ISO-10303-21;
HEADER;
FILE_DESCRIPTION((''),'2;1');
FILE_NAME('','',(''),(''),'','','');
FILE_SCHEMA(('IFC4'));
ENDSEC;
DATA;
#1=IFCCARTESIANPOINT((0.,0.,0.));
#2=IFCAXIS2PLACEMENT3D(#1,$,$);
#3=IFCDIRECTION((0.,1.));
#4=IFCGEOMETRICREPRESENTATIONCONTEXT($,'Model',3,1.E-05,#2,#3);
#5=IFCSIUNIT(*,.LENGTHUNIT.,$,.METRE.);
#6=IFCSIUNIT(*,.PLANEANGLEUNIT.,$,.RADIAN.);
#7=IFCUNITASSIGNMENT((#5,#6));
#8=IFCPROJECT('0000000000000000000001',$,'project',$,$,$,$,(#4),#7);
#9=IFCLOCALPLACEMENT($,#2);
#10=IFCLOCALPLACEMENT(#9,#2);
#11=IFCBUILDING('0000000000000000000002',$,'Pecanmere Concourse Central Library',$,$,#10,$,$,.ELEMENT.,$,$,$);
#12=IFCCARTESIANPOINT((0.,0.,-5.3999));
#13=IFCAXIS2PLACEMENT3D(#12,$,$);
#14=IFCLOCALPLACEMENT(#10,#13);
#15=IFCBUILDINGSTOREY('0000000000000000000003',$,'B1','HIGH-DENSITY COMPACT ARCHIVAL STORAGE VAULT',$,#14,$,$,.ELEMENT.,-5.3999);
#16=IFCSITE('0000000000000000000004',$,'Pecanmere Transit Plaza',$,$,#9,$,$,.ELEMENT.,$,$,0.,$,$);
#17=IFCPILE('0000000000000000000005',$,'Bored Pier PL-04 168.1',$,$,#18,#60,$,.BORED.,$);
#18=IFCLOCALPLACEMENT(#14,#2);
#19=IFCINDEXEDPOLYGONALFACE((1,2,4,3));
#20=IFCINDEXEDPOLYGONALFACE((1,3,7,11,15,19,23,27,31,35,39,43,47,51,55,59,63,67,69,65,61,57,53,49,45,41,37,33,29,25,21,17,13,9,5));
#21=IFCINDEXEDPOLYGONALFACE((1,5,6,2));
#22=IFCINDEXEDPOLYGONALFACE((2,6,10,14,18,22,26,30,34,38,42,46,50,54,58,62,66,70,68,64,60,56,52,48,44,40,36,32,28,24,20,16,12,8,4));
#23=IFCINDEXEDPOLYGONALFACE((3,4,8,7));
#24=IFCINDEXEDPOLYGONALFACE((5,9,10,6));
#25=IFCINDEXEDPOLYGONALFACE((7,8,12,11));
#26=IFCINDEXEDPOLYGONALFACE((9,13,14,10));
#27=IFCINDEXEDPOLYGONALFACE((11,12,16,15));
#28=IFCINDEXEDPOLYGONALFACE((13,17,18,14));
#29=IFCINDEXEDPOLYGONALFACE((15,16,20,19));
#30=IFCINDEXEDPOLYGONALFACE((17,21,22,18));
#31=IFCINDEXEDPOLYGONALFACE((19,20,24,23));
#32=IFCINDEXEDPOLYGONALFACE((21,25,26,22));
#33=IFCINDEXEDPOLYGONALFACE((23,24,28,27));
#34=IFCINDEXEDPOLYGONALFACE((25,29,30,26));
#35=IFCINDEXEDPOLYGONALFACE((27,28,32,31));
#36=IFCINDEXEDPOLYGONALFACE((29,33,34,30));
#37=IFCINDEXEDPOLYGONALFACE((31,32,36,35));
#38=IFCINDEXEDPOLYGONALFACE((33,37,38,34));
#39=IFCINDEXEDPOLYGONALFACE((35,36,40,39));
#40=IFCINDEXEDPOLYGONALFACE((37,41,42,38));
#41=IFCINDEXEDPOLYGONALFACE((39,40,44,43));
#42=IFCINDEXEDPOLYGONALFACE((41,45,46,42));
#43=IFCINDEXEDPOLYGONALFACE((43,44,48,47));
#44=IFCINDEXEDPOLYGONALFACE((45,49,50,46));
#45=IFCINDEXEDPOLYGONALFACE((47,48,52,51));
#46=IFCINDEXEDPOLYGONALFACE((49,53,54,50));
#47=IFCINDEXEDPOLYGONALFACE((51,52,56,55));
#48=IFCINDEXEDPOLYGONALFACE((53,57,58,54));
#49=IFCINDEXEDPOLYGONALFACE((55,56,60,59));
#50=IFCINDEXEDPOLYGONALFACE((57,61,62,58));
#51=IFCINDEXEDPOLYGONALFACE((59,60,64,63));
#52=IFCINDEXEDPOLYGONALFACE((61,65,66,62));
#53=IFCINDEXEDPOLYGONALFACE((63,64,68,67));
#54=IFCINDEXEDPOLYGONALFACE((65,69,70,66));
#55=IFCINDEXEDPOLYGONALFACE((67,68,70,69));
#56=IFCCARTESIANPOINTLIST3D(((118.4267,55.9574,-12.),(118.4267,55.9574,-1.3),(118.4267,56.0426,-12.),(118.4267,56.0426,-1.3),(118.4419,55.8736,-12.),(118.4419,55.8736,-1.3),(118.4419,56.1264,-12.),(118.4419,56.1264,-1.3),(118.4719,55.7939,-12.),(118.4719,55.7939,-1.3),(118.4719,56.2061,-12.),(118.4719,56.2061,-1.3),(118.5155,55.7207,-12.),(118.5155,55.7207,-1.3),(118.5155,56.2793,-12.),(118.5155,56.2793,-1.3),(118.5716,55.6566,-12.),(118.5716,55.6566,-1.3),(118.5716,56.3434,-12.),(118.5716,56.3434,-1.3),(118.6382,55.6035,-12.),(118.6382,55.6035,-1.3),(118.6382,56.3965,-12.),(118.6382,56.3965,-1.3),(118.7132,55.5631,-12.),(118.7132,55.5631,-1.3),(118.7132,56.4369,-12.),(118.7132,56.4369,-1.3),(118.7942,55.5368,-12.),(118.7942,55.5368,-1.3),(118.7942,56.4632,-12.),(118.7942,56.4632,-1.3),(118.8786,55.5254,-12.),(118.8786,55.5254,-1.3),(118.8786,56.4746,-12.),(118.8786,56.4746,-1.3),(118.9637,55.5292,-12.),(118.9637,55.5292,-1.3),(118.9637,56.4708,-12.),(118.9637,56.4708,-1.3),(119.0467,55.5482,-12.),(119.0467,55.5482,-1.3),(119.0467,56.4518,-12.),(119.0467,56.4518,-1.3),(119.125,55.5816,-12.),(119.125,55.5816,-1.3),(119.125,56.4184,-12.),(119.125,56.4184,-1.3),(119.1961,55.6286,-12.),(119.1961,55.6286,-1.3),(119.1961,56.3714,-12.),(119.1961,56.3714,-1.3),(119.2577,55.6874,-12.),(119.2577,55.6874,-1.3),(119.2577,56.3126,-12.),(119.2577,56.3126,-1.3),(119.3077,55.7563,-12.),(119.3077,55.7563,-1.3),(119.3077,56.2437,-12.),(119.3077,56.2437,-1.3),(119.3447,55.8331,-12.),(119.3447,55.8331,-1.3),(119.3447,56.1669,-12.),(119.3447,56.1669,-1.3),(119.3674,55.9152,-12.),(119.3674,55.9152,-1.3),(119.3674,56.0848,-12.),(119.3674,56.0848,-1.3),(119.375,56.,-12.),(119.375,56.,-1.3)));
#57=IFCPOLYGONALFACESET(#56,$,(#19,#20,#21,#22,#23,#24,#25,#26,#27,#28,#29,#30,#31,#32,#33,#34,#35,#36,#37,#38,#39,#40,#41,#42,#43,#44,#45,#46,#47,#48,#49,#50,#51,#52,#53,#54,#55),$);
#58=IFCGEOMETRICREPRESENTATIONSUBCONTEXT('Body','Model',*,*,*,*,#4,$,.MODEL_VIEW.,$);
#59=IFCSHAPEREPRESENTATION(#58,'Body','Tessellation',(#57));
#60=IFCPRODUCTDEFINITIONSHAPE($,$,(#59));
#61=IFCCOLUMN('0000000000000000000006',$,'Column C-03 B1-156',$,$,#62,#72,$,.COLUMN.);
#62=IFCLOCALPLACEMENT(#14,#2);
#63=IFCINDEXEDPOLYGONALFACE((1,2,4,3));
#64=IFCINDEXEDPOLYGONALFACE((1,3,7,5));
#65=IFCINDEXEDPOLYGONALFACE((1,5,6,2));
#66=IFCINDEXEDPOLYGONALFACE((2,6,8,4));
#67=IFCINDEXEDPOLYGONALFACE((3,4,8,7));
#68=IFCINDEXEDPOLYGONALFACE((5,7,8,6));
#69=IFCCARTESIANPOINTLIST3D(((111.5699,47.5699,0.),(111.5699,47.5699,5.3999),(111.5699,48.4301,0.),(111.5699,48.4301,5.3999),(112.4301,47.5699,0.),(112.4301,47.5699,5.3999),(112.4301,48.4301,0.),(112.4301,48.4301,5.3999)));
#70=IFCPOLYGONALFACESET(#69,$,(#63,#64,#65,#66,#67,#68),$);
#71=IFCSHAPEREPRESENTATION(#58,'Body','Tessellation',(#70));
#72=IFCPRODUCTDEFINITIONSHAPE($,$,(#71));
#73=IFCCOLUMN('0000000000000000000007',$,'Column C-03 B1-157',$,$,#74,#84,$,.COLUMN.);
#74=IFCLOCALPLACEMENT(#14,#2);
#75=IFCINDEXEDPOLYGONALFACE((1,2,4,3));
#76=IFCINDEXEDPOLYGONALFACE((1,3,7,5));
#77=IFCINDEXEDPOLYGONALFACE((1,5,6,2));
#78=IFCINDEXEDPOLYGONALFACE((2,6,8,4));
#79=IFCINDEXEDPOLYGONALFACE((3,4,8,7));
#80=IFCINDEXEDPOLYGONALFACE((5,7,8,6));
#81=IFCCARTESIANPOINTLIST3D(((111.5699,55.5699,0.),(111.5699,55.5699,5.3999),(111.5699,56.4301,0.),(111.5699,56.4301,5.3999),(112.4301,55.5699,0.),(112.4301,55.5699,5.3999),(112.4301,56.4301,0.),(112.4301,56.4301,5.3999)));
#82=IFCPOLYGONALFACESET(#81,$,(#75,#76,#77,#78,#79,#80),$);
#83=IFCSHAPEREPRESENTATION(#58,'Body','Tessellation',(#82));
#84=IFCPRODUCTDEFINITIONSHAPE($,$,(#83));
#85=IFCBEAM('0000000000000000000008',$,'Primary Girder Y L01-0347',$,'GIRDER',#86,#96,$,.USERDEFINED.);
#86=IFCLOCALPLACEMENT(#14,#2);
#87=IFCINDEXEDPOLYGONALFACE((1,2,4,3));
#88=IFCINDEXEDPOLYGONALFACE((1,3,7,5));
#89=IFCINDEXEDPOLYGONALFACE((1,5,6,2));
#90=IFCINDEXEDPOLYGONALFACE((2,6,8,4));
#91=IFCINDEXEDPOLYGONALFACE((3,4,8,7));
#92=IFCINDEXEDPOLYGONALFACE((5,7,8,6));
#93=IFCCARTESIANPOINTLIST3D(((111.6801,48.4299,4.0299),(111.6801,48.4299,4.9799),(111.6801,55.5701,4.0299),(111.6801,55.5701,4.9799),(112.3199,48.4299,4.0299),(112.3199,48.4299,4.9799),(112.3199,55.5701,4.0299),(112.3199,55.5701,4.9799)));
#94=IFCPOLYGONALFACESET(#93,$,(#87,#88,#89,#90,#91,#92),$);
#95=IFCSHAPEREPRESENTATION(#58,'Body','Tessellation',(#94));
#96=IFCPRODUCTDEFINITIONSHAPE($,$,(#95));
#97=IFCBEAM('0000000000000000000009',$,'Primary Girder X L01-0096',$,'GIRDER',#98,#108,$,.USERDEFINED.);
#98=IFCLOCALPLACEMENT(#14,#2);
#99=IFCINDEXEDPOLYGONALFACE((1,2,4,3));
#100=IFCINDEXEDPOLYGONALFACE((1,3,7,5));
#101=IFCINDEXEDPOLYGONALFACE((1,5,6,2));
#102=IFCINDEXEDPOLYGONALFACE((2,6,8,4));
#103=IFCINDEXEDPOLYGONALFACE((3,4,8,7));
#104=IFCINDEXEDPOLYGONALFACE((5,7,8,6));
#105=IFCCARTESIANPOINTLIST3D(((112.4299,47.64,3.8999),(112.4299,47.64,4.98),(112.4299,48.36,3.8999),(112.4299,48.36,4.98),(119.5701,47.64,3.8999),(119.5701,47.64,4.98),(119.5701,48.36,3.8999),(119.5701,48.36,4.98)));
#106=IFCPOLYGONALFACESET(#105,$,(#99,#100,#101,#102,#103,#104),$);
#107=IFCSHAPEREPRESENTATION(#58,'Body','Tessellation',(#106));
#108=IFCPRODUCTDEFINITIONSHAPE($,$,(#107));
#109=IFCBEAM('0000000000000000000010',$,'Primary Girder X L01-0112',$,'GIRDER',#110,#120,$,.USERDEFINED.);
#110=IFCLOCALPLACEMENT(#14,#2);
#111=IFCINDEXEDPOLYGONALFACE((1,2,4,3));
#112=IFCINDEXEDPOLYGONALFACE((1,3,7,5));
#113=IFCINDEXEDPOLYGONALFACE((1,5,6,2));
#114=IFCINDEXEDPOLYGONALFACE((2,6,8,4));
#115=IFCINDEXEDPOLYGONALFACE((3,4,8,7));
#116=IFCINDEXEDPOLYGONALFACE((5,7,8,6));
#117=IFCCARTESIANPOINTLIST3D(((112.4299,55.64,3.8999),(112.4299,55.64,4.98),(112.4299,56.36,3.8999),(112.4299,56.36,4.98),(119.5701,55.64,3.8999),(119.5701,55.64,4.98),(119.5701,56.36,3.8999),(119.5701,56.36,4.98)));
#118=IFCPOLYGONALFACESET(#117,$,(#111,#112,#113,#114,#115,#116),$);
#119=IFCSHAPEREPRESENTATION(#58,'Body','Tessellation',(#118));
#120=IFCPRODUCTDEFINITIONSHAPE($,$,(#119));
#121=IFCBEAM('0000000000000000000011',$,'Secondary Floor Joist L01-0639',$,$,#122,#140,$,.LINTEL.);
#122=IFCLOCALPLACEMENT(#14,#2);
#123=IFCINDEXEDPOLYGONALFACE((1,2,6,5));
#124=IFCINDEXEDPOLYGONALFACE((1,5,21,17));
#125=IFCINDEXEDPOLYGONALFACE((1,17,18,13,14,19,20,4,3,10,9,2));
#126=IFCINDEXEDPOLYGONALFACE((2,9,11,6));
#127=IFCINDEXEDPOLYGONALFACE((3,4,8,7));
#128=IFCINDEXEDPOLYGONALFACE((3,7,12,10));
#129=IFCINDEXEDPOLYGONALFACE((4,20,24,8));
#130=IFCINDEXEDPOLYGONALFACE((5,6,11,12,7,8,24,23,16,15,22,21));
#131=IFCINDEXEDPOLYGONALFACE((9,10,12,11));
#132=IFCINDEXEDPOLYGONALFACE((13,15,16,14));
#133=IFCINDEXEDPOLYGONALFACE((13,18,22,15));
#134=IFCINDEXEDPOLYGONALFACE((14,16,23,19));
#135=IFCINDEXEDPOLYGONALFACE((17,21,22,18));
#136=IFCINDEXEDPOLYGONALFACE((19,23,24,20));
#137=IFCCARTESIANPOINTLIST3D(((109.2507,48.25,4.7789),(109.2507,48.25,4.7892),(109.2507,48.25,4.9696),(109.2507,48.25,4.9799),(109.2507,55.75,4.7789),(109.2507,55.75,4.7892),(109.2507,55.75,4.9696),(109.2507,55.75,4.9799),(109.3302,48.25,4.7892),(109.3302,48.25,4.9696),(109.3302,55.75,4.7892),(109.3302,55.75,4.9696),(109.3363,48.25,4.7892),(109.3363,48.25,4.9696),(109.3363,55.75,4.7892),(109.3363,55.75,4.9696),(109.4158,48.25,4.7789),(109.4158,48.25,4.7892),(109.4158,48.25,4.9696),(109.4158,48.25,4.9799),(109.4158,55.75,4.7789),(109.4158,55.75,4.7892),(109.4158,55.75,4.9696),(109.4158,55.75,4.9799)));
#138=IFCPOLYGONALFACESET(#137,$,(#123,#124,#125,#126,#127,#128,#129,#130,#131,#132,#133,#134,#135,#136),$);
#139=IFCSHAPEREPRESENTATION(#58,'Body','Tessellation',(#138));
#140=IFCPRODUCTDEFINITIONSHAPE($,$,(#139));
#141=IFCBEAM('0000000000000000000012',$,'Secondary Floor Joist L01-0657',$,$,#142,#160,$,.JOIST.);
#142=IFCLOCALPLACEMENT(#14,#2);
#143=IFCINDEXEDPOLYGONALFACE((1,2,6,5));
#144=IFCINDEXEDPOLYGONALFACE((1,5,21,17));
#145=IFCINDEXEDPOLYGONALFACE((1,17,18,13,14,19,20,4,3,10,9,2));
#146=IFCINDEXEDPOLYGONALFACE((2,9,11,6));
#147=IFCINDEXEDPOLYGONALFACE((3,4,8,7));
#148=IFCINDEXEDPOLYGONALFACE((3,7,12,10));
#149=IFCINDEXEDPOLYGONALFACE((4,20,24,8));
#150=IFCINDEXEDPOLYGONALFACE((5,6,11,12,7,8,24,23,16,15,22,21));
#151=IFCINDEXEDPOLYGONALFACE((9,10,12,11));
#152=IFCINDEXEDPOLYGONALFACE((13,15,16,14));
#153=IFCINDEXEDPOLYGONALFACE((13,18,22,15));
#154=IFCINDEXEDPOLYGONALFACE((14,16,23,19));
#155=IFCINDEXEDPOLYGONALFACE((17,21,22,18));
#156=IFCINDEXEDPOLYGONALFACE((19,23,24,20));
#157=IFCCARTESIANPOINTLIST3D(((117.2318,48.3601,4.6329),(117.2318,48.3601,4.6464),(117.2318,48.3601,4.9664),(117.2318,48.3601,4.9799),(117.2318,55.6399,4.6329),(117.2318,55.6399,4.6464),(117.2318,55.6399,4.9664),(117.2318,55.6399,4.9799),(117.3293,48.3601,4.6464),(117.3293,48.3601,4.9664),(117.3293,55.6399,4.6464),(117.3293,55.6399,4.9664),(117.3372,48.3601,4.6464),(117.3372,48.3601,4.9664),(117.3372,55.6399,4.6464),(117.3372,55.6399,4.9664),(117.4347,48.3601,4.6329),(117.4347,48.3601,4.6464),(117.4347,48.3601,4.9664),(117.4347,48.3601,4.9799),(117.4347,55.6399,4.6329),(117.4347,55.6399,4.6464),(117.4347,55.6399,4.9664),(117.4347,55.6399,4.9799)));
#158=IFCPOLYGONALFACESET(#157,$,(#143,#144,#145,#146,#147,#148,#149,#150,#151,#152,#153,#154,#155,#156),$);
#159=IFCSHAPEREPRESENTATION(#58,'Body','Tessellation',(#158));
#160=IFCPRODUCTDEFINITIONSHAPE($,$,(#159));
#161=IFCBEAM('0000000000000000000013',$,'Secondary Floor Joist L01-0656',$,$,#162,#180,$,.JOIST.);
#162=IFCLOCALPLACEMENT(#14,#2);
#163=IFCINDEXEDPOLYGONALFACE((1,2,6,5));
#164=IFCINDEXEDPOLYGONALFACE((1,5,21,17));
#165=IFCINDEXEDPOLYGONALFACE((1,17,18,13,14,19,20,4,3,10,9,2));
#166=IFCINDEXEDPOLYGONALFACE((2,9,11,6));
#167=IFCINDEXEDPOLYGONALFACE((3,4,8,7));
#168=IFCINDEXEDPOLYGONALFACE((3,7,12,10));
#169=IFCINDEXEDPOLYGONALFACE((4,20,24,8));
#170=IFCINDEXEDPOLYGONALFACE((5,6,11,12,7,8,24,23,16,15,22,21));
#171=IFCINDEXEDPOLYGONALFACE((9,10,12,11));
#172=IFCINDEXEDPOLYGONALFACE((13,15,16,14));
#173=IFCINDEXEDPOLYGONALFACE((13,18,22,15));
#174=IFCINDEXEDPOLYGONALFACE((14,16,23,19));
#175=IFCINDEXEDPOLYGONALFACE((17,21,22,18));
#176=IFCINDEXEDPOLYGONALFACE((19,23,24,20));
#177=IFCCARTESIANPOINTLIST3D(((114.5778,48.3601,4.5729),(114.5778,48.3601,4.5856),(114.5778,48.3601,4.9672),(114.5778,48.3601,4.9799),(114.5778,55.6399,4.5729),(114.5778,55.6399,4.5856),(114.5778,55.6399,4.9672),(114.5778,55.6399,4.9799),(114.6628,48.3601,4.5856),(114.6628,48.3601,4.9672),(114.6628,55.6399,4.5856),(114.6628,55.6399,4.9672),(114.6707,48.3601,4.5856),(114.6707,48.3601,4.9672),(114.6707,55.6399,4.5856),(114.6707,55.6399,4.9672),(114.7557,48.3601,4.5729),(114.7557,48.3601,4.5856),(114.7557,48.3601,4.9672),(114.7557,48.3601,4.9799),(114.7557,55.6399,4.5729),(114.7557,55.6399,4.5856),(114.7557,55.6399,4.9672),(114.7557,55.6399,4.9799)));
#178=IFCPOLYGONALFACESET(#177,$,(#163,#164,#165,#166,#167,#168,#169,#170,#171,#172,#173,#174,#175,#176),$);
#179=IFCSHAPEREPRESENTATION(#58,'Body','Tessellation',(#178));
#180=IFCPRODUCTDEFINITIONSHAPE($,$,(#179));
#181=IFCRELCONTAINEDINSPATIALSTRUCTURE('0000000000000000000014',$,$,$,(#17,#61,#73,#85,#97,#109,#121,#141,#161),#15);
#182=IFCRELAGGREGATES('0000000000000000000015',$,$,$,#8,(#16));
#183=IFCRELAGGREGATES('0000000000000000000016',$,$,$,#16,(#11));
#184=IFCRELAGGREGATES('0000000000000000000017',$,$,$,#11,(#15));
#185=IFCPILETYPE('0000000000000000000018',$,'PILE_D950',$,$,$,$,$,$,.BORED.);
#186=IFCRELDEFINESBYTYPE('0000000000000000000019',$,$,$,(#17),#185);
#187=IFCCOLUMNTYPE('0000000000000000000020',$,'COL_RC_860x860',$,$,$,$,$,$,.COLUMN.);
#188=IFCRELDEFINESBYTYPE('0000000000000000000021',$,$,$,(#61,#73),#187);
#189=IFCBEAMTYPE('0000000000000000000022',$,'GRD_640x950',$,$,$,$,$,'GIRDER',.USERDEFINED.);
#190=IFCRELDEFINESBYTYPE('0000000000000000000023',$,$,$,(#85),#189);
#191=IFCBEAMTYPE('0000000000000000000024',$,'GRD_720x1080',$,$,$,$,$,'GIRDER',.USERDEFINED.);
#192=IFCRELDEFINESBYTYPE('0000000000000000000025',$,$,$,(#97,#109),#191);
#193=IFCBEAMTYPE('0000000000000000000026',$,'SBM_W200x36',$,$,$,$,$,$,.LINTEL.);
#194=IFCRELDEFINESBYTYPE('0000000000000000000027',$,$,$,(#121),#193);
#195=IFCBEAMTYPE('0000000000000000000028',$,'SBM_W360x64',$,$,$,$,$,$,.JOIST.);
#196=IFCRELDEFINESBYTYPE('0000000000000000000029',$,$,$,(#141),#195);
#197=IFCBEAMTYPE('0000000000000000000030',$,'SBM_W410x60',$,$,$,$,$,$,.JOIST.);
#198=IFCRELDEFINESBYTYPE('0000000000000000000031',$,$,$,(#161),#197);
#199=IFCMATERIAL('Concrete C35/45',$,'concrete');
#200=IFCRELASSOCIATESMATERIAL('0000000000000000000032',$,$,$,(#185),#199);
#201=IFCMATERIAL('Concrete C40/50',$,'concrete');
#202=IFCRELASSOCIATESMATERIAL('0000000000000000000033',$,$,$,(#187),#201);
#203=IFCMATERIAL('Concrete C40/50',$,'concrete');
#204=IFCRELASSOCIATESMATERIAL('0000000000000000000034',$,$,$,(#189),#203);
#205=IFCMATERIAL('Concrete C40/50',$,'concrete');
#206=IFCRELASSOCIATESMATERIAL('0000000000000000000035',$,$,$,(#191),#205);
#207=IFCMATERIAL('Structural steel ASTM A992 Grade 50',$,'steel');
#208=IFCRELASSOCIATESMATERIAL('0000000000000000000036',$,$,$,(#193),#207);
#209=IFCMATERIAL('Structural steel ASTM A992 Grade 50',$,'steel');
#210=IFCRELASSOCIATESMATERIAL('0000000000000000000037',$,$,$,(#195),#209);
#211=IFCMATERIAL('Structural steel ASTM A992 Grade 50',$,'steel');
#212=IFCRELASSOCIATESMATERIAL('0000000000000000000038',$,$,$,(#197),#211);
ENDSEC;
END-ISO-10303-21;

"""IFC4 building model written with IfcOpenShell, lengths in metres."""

from ifc_helpers import new_model, si_unit, direction, frame, origin, origin_2d, place, context, subcontext, project, spatial, rectangle, circle, i_section, extrude, material, material_profile, profile_set, type_object, element, save


model = new_model("IFC4")

# Units and contexts
model_context = context("Model", 3, precision=1e-05, world=origin(), true_north=direction((0.0, 1.0)))
body_context = subcontext(model_context, "Body", "Model", "MODEL_VIEW")
ifc_project = project(units=[si_unit("LENGTHUNIT", "METRE"), si_unit("PLANEANGLEUNIT", "RADIAN")], contexts=[model_context])

# Site, building, storey
site_placement = place(None, origin())
site = spatial("IfcSite", under=ifc_project, at=site_placement, Name="Pecanmere Transit Plaza", CompositionType="ELEMENT", RefElevation=0.0)
building_placement = place(site_placement, origin())
building = spatial("IfcBuilding", under=site, at=building_placement, Name="Pecanmere Concourse Central Library", CompositionType="ELEMENT")
storey_placement = place(building_placement, frame((0.0, 0.0, -5.3999)))
storey = spatial("IfcBuildingStorey", under=building, at=storey_placement, Name="B1", Description="HIGH-DENSITY COMPACT ARCHIVAL STORAGE VAULT", CompositionType="ELEMENT", Elevation=-5.3999)

# Pile
ifc_material_1 = material(Name="Concrete C35/45", Category="concrete")
ifc_material_profile_1 = material_profile(ifc_material_1, circle(Radius=0.4751, at=origin_2d()), Name="PIER D950")
ifc_profile_set_1 = profile_set([ifc_material_profile_1], Name="Concrete C35/45")
pile_type_1 = type_object("IfcPileType", Name="PILE_D950", PredefinedType="BORED", material=ifc_profile_set_1)
for number, where, z_axis, x_axis, name in (
    (1, (118.8999, 56.0, -1.3), (0.0, 0.0, -1.0), (1.0, 0.0, 0.0), "Bored Pier PL-04 168.1"),
):
    element("IfcPile", number, at=place(storey_placement, frame(where, z_axis=z_axis, x_axis=x_axis)), inside=storey, type_object=pile_type_1, Name=name, PredefinedType="BORED", context=body_context, shape_type="SweptSolid", body=[
        extrude(circle(Radius=0.4751, at=origin_2d()), origin(), (0.0, 0.0, 1.0), 10.7),
    ])

# Columns
ifc_material_2 = material(Name="Concrete C40/50", Category="concrete")
ifc_material_profile_2 = material_profile(ifc_material_2, rectangle(XDim=0.8601, YDim=0.8601, at=origin_2d()), Name="RC 860x860")
ifc_profile_set_2 = profile_set([ifc_material_profile_2], Name="Concrete C40/50")
column_type = type_object("IfcColumnType", Name="COL_RC_860x860", PredefinedType="COLUMN", material=ifc_profile_set_2)
for number, where, z_axis, x_axis, name in (
    (2, (112.0, 48.0, 0.0), (0.0, 0.0, 1.0), (1.0, 0.0, 0.0), "Column C-03 B1-156"),
    (3, (112.0, 56.0, 0.0), (0.0, 0.0, 1.0), (1.0, 0.0, 0.0), "Column C-03 B1-157"),
):
    element("IfcColumn", number, at=place(storey_placement, frame(where, z_axis=z_axis, x_axis=x_axis)), inside=storey, type_object=column_type, Name=name, PredefinedType="COLUMN", context=body_context, shape_type="SweptSolid", body=[
        extrude(rectangle(XDim=0.8601, YDim=0.8601, at=origin_2d()), origin(), (0.0, 0.0, 1.0), 5.3999),
    ])

# Beams
ifc_material_3 = material(Name="Concrete C40/50", Category="concrete")
ifc_material_profile_3 = material_profile(ifc_material_3, rectangle(XDim=0.6399, YDim=0.95, at=origin_2d()), Name="RC 640x950")
ifc_profile_set_3 = profile_set([ifc_material_profile_3], Name="Concrete C40/50")
beam_type_1 = type_object("IfcBeamType", Name="GRD_640x950", ElementType="GIRDER", PredefinedType="USERDEFINED", material=ifc_profile_set_3)
beam_1_placement = place(storey_placement, frame((112.0, 48.4299, 4.5049), z_axis=(0.0, 1.0, 0.0), x_axis=(-1.0, 0.0, 0.0)))
element("IfcBeam", 4, at=beam_1_placement, inside=storey, type_object=beam_type_1, Name="Primary Girder Y L01-0347", ObjectType="GIRDER", PredefinedType="USERDEFINED", context=body_context, shape_type="SweptSolid", body=[
    extrude(rectangle(XDim=0.6399, YDim=0.95, at=origin_2d()), origin(), (0.0, 0.0, 1.0), 7.1401),
])
ifc_material_4 = material(Name="Concrete C40/50", Category="concrete")
ifc_material_profile_4 = material_profile(ifc_material_4, rectangle(XDim=0.72, YDim=1.0801, at=origin_2d()), Name="RC 720x1080")
ifc_profile_set_4 = profile_set([ifc_material_profile_4], Name="Concrete C40/50")
beam_type_2 = type_object("IfcBeamType", Name="GRD_720x1080", ElementType="GIRDER", PredefinedType="USERDEFINED", material=ifc_profile_set_4)
for number, where, z_axis, x_axis, name in (
    (5, (112.4299, 48.0, 4.4399), (1.0, 0.0, 0.0), (0.0, 1.0, 0.0), "Primary Girder X L01-0096"),
    (6, (112.4299, 56.0, 4.4399), (1.0, 0.0, 0.0), (0.0, 1.0, 0.0), "Primary Girder X L01-0112"),
):
    element("IfcBeam", number, at=place(storey_placement, frame(where, z_axis=z_axis, x_axis=x_axis)), inside=storey, type_object=beam_type_2, Name=name, ObjectType="GIRDER", PredefinedType="USERDEFINED", context=body_context, shape_type="SweptSolid", body=[
        extrude(rectangle(XDim=0.72, YDim=1.0801, at=origin_2d()), origin(), (0.0, 0.0, 1.0), 7.1401),
    ])
ifc_material_5 = material(Name="Structural steel ASTM A992 Grade 50", Category="steel")
ifc_material_profile_5 = material_profile(ifc_material_5, i_section(OverallWidth=0.165, OverallDepth=0.2009, WebThickness=0.0061, FlangeThickness=0.0103, at=origin_2d()), Name="W200x35.9")
ifc_profile_set_5 = profile_set([ifc_material_profile_5], Name="Structural steel ASTM A992 Grade 50")
beam_type_3 = type_object("IfcBeamType", Name="SBM_W200x36", PredefinedType="LINTEL", material=ifc_profile_set_5)
beam_2_placement = place(storey_placement, frame((109.3333, 48.25, 4.8794), z_axis=(0.0, 1.0, 0.0), x_axis=(-1.0, 0.0, 0.0)))
element("IfcBeam", 7, at=beam_2_placement, inside=storey, type_object=beam_type_3, Name="Secondary Floor Joist L01-0639", PredefinedType="LINTEL", context=body_context, shape_type="SweptSolid", body=[
    extrude(i_section(OverallWidth=0.165, OverallDepth=0.2009, WebThickness=0.0061, FlangeThickness=0.0103, at=origin_2d()), origin(), (0.0, 0.0, 1.0), 7.5),
])
ifc_material_6 = material(Name="Structural steel ASTM A992 Grade 50", Category="steel")
ifc_material_profile_6 = material_profile(ifc_material_6, i_section(OverallWidth=0.2029, OverallDepth=0.3469, WebThickness=0.0078, FlangeThickness=0.0134, at=origin_2d()), Name="W360x64")
ifc_profile_set_6 = profile_set([ifc_material_profile_6], Name="Structural steel ASTM A992 Grade 50")
beam_type_4 = type_object("IfcBeamType", Name="SBM_W360x64", PredefinedType="JOIST", material=ifc_profile_set_6)
beam_3_placement = place(storey_placement, frame((117.3333, 48.3601, 4.8064), z_axis=(0.0, 1.0, 0.0), x_axis=(-1.0, 0.0, 0.0)))
element("IfcBeam", 8, at=beam_3_placement, inside=storey, type_object=beam_type_4, Name="Secondary Floor Joist L01-0657", PredefinedType="JOIST", context=body_context, shape_type="SweptSolid", body=[
    extrude(i_section(OverallWidth=0.2029, OverallDepth=0.3469, WebThickness=0.0078, FlangeThickness=0.0134, at=origin_2d()), origin(), (0.0, 0.0, 1.0), 7.2798),
])
ifc_material_7 = material(Name="Structural steel ASTM A992 Grade 50", Category="steel")
ifc_material_profile_7 = material_profile(ifc_material_7, i_section(OverallWidth=0.178, OverallDepth=0.407, WebThickness=0.0078, FlangeThickness=0.0127, at=origin_2d()), Name="W410x60")
ifc_profile_set_7 = profile_set([ifc_material_profile_7], Name="Structural steel ASTM A992 Grade 50")
beam_type_5 = type_object("IfcBeamType", Name="SBM_W410x60", PredefinedType="JOIST", material=ifc_profile_set_7)
beam_4_placement = place(storey_placement, frame((114.6667, 48.3601, 4.7764), z_axis=(0.0, 1.0, 0.0), x_axis=(-1.0, 0.0, 0.0)))
element("IfcBeam", 9, at=beam_4_placement, inside=storey, type_object=beam_type_5, Name="Secondary Floor Joist L01-0656", PredefinedType="JOIST", context=body_context, shape_type="SweptSolid", body=[
    extrude(i_section(OverallWidth=0.178, OverallDepth=0.407, WebThickness=0.0078, FlangeThickness=0.0127, at=origin_2d()), origin(), (0.0, 0.0, 1.0), 7.2798),
])

save(model, "model.ifc")
